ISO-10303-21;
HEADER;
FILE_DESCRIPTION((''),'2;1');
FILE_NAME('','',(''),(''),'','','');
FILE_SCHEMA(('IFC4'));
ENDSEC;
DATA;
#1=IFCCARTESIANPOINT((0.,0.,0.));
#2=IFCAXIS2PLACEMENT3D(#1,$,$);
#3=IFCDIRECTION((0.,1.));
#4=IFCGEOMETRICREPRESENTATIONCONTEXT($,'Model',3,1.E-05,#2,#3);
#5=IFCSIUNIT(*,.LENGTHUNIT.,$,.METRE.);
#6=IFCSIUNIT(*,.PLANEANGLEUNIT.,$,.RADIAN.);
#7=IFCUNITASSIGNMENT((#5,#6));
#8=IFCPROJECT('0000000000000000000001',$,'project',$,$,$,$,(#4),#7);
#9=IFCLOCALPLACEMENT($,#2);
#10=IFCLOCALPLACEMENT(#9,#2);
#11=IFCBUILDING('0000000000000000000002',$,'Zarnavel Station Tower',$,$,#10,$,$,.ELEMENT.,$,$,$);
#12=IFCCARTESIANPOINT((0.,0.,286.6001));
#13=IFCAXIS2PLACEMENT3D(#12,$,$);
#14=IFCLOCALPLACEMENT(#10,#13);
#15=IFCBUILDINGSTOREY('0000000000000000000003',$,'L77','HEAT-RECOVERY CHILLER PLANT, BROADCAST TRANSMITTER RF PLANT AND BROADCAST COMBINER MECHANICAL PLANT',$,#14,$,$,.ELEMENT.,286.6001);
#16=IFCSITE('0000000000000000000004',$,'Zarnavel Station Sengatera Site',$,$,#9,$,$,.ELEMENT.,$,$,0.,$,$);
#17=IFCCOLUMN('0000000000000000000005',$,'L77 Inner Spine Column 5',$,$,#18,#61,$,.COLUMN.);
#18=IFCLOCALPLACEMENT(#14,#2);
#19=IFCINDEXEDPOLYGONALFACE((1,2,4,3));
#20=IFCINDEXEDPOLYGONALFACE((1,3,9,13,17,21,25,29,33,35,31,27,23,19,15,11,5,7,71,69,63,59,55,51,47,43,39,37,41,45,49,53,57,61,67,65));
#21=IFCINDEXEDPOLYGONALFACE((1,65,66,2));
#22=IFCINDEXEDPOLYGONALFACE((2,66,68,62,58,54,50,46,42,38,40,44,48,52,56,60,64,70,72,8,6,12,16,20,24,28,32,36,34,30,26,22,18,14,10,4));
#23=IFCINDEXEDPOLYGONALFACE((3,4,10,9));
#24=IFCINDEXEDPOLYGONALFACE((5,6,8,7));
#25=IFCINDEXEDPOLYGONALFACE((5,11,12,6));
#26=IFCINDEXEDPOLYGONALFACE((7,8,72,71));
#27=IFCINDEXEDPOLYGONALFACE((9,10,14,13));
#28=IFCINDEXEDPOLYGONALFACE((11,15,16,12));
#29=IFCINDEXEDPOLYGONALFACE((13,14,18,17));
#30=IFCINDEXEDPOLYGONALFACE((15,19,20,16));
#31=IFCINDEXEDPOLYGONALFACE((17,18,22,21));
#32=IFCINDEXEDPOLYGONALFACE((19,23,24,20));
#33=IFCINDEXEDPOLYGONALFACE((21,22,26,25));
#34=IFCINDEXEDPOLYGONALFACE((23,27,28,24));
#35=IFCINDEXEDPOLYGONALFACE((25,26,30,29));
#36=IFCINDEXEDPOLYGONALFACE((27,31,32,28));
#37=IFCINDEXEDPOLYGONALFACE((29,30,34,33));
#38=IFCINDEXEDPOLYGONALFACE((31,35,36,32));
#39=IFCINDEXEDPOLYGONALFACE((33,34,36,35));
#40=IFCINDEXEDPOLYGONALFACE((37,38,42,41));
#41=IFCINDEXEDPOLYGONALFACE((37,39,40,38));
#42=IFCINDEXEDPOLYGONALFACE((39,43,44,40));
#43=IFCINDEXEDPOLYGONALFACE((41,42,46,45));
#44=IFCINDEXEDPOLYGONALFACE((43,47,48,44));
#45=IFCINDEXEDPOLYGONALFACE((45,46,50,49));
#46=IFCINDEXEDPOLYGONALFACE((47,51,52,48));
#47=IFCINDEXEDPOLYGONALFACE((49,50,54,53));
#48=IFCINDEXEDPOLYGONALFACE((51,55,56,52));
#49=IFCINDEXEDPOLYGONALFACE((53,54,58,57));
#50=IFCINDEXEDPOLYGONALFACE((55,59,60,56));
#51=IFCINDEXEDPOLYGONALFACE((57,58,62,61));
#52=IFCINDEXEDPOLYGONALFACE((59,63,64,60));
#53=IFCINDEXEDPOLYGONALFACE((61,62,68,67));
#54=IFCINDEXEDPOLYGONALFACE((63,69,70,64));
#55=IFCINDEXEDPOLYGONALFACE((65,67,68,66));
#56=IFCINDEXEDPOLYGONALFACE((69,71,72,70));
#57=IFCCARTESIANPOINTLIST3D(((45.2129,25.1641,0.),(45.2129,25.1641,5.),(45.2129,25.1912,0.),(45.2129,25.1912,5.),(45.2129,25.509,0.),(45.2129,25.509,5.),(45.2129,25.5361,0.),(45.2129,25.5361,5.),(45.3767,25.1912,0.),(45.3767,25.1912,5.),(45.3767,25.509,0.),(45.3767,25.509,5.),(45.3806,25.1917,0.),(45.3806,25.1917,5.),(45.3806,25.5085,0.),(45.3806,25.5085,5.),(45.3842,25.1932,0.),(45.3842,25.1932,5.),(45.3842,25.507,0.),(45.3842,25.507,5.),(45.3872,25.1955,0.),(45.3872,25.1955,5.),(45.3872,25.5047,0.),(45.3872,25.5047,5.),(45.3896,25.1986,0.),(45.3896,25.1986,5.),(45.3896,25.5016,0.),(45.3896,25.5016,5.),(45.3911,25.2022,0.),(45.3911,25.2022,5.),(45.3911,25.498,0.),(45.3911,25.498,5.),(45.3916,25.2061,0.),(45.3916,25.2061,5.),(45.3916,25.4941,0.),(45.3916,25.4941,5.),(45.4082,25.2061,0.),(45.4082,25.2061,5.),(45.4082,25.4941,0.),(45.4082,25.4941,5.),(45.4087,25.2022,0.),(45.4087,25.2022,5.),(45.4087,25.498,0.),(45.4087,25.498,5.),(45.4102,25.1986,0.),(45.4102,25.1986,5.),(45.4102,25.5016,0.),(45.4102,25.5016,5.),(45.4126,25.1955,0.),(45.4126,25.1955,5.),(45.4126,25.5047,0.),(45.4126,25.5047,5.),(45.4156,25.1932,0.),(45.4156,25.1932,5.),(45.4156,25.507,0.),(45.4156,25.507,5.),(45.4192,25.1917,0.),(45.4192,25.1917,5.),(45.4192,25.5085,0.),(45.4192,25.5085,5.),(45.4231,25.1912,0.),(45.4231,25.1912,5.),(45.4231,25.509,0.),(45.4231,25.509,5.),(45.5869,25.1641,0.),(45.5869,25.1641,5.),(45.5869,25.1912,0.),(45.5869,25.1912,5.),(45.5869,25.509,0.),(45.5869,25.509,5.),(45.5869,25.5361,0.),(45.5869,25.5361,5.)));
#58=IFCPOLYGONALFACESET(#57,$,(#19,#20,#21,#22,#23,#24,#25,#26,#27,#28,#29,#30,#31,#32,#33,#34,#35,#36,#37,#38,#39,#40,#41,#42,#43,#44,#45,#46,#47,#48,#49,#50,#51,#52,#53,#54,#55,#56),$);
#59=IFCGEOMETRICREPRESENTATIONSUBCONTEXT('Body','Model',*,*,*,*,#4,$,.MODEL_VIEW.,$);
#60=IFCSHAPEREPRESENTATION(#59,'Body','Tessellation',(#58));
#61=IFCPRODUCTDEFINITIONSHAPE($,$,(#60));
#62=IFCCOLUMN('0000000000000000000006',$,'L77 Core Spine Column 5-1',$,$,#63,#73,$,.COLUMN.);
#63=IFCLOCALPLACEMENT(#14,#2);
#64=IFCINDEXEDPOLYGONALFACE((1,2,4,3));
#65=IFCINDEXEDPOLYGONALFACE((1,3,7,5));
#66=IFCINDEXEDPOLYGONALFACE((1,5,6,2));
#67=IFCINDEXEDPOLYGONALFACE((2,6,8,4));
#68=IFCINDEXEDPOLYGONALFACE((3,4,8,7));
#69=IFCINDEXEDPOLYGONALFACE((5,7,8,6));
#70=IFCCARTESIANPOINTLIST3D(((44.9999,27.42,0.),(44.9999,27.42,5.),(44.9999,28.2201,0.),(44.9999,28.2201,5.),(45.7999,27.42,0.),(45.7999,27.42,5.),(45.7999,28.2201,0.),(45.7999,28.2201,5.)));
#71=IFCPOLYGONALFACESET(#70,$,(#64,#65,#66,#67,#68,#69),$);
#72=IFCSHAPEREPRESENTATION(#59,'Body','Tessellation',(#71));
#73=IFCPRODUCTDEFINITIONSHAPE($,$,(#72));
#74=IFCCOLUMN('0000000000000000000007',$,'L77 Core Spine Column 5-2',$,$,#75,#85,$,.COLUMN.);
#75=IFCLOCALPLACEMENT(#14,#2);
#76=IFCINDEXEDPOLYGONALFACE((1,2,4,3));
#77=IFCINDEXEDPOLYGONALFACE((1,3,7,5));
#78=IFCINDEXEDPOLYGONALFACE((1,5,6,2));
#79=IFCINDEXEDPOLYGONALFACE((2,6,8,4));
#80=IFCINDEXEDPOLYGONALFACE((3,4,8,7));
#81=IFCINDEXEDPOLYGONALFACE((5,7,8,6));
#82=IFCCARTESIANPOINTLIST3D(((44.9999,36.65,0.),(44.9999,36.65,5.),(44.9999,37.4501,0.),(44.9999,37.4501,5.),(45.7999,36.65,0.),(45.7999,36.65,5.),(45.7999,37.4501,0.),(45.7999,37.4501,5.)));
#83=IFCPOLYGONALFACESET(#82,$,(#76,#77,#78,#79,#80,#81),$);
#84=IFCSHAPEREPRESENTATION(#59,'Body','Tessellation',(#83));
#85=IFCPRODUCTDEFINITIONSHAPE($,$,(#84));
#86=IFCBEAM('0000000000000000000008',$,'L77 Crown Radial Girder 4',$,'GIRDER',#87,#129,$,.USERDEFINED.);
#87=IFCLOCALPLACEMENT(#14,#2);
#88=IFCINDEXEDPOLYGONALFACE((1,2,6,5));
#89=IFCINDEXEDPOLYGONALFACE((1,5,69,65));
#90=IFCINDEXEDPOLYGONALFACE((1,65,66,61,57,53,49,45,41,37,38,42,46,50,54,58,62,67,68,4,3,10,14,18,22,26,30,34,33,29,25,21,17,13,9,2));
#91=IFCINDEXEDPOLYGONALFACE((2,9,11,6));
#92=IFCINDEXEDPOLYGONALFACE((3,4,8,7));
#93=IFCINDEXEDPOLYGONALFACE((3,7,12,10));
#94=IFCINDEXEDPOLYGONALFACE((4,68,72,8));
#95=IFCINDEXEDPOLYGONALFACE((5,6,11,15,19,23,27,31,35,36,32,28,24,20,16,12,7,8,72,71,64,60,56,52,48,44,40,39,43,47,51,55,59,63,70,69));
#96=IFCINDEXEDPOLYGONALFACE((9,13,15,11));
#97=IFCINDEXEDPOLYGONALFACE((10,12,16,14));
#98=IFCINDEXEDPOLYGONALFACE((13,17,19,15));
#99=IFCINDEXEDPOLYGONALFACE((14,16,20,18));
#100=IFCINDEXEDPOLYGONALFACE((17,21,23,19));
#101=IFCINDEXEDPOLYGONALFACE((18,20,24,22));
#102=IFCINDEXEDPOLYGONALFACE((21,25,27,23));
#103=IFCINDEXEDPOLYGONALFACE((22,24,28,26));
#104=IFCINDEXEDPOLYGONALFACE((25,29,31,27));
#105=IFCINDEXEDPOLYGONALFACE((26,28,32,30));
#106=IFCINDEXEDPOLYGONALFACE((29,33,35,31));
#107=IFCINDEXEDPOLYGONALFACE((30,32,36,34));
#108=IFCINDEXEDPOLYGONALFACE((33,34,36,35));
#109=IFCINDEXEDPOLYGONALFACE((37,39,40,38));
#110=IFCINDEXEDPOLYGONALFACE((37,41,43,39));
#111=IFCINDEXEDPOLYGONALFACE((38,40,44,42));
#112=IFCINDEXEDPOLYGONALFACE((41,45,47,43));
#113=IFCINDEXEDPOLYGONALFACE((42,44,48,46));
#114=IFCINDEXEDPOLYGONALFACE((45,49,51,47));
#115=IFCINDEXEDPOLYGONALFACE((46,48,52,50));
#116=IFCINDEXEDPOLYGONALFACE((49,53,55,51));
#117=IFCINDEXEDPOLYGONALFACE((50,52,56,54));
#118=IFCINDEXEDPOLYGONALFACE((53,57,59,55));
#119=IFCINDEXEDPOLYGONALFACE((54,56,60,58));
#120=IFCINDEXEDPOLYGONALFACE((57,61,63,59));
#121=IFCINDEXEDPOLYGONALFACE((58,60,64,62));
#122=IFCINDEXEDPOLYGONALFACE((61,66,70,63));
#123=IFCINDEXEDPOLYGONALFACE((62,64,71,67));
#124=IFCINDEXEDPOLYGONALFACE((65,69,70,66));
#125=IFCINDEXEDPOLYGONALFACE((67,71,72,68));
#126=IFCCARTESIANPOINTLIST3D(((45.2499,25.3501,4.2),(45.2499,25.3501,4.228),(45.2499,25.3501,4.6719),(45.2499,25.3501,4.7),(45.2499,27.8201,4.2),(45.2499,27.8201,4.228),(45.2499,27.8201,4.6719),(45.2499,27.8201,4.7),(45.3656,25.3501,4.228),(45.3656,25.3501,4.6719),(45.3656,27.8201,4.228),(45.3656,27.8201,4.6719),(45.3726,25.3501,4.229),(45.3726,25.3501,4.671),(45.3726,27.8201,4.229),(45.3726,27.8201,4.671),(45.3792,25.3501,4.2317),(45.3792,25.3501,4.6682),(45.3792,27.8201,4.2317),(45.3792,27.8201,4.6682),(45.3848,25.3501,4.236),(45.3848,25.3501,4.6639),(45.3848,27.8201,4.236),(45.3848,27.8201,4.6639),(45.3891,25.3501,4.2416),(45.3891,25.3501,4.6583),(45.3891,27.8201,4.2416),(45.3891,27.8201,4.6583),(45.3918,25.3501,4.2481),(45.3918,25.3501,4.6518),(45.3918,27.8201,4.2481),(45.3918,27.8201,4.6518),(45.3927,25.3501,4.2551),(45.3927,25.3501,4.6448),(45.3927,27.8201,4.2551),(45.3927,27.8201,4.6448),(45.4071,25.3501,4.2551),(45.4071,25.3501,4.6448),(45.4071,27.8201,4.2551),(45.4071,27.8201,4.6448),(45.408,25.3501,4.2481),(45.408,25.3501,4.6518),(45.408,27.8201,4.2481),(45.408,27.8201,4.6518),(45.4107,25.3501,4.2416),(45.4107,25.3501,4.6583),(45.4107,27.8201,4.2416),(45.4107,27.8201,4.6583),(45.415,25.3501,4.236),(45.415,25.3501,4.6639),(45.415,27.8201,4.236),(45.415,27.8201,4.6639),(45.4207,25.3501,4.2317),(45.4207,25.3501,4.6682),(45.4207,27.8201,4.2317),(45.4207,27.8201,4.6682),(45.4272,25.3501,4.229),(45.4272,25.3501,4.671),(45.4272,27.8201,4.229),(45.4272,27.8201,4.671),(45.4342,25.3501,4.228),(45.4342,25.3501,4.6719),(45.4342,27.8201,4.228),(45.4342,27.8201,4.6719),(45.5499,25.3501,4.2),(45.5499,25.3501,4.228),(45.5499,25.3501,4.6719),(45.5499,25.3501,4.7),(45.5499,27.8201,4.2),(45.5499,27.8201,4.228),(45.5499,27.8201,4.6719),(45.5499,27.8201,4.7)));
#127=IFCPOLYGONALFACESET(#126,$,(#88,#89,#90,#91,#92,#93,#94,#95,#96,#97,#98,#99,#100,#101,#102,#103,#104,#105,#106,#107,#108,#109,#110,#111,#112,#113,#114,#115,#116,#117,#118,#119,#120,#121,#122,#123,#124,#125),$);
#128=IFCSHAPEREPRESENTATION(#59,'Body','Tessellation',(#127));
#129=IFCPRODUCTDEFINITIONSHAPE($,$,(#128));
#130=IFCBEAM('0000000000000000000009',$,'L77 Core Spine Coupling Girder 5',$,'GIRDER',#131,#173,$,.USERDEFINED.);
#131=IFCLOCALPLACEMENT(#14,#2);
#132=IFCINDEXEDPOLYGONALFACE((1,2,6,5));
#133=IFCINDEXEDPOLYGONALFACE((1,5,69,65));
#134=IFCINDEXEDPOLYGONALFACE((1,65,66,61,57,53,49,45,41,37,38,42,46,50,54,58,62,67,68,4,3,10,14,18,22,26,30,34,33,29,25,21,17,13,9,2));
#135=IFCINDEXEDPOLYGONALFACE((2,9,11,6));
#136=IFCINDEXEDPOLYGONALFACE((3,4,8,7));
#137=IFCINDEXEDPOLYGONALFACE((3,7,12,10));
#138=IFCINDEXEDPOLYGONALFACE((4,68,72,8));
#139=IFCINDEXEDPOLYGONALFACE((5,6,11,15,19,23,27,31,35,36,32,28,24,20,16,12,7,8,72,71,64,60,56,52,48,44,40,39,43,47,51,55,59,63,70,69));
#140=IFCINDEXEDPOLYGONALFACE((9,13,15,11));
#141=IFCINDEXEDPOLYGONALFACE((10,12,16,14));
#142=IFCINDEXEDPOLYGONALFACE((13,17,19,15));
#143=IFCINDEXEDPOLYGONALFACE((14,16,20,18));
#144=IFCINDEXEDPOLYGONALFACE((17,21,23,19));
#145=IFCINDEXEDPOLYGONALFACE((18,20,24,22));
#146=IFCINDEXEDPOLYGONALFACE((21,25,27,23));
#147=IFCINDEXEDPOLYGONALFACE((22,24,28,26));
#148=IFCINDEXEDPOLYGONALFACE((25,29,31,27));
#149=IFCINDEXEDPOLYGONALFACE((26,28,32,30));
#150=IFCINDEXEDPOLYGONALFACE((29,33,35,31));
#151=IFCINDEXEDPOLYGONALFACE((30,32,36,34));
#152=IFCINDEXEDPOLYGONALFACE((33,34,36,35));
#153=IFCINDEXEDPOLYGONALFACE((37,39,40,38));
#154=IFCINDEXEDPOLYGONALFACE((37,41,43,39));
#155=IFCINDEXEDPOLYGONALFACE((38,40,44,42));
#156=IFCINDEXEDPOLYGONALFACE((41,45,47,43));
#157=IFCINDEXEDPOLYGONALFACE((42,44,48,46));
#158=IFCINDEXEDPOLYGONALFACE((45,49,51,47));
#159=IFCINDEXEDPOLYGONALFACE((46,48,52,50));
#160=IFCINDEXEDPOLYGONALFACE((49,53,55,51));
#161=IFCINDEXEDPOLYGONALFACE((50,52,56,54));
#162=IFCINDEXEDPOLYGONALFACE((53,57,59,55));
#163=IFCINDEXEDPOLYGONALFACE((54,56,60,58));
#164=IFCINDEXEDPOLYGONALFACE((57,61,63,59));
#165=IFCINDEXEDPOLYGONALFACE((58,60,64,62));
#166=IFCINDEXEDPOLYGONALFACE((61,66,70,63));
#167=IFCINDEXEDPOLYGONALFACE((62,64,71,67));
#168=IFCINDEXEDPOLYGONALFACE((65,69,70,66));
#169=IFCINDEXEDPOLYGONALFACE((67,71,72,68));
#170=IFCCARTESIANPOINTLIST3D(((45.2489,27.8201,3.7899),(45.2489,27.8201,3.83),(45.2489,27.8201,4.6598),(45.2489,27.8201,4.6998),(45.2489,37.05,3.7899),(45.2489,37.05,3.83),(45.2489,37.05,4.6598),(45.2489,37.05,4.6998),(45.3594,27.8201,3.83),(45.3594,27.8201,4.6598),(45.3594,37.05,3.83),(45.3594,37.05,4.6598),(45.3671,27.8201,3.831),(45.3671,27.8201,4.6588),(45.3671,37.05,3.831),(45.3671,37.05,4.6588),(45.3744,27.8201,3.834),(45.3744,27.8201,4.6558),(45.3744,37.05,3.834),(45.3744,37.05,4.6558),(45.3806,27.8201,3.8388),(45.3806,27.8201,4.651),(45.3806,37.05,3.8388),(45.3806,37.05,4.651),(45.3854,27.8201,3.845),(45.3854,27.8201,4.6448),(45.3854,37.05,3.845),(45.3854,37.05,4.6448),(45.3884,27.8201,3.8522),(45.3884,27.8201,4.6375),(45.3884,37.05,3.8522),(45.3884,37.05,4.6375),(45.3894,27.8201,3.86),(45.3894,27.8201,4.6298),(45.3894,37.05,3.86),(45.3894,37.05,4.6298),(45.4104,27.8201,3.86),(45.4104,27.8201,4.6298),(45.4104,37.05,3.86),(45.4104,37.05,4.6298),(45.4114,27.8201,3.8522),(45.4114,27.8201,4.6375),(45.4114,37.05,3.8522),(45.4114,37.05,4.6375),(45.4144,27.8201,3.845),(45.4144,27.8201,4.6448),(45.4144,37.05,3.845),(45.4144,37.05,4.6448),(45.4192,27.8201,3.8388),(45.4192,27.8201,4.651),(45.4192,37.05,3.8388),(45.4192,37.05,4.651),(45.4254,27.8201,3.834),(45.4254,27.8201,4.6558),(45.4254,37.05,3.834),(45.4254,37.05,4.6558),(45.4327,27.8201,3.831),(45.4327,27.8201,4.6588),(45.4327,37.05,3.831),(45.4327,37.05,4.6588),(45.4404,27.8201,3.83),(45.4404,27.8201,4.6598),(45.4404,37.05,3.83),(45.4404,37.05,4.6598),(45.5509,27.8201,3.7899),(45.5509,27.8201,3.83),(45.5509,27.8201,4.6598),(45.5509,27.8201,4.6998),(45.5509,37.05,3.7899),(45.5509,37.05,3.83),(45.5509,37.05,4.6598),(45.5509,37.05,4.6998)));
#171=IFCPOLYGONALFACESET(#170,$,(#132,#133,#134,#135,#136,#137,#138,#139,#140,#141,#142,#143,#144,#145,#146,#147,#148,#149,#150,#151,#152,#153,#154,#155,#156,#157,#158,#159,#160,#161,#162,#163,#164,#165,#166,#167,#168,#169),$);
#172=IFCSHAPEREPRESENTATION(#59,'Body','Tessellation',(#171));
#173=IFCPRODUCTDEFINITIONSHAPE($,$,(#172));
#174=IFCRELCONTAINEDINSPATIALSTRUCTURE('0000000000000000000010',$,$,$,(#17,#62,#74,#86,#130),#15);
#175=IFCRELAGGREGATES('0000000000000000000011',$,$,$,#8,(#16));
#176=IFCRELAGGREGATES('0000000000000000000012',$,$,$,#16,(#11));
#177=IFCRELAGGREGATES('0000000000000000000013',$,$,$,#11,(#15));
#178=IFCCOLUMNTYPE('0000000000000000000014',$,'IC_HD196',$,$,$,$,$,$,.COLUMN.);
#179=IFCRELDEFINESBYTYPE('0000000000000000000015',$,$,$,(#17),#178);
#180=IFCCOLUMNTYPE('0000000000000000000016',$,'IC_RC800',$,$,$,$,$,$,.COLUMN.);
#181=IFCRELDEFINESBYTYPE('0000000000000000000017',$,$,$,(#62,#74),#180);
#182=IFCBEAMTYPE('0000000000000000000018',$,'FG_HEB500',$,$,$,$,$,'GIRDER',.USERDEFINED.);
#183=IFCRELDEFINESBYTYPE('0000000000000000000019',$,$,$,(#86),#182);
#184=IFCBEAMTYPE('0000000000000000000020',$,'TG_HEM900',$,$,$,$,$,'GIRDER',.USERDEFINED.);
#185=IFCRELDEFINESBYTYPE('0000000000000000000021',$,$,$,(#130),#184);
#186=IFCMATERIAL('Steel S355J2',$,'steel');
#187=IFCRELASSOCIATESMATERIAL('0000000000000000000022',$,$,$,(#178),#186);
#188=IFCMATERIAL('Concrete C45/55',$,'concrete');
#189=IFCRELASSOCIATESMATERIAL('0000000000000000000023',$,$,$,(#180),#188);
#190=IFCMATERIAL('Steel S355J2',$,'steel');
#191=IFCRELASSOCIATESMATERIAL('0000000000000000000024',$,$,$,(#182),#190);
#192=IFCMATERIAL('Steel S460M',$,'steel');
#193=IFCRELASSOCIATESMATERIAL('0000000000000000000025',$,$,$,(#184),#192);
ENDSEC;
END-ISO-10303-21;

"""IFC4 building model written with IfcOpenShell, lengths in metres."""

from ifc_helpers import new_model, si_unit, direction, frame, origin, origin_2d, place, context, subcontext, project, spatial, rectangle, i_section, extrude, material, material_profile, profile_set, type_object, element, save


model = new_model("IFC4")

# Units and contexts
model_context = context("Model", 3, precision=1e-05, world=origin(), true_north=direction((0.0, 1.0)))
body_context = subcontext(model_context, "Body", "Model", "MODEL_VIEW")
ifc_project = project(units=[si_unit("LENGTHUNIT", "METRE"), si_unit("PLANEANGLEUNIT", "RADIAN")], contexts=[model_context])

# Site, building, storey
site_placement = place(None, origin())
site = spatial("IfcSite", under=ifc_project, at=site_placement, Name="Zarnavel Station Sengatera Site", CompositionType="ELEMENT", RefElevation=0.0)
building_placement = place(site_placement, origin())
building = spatial("IfcBuilding", under=site, at=building_placement, Name="Zarnavel Station Tower", CompositionType="ELEMENT")
storey_placement = place(building_placement, frame((0.0, 0.0, 286.6001)))
storey = spatial("IfcBuildingStorey", under=building, at=storey_placement, Name="L77", Description="HEAT-RECOVERY CHILLER PLANT, BROADCAST TRANSMITTER RF PLANT AND BROADCAST COMBINER MECHANICAL PLANT", CompositionType="ELEMENT", Elevation=286.6001)

# Columns
ifc_material_1 = material(Name="Steel S355J2", Category="steel")
ifc_material_profile_1 = material_profile(ifc_material_1, i_section(OverallWidth=0.374, OverallDepth=0.3721, WebThickness=0.0166, FlangeThickness=0.0271, FilletRadius=0.0149, at=origin_2d()), Name="HD360x196")
ifc_profile_set_1 = profile_set([ifc_material_profile_1], Name="Steel S355J2")
column_type_1 = type_object("IfcColumnType", Name="IC_HD196", PredefinedType="COLUMN", material=ifc_profile_set_1)
column_placement = place(storey_placement, frame((45.3999, 25.3501, 0.0), z_axis=(0.0, 0.0, 1.0), x_axis=(1.0, 0.0, 0.0)))
element("IfcColumn", 1, at=column_placement, inside=storey, type_object=column_type_1, Name="L77 Inner Spine Column 5", PredefinedType="COLUMN", context=body_context, shape_type="SweptSolid", body=[
    extrude(i_section(OverallWidth=0.374, OverallDepth=0.3721, WebThickness=0.0166, FlangeThickness=0.0271, FilletRadius=0.0149, at=origin_2d()), origin(), (0.0, 0.0, 1.0), 5.0),
])
ifc_material_2 = material(Name="Concrete C45/55", Category="concrete")
ifc_material_profile_2 = material_profile(ifc_material_2, rectangle(XDim=0.8, YDim=0.8, at=origin_2d()), Name="RC800x800")
ifc_profile_set_2 = profile_set([ifc_material_profile_2], Name="Concrete C45/55")
column_type_2 = type_object("IfcColumnType", Name="IC_RC800", PredefinedType="COLUMN", material=ifc_profile_set_2)
for number, where, z_axis, x_axis, name in (
    (2, (45.3999, 27.8201, 0.0), (0.0, 0.0, 1.0), (1.0, 0.0, 0.0), "L77 Core Spine Column 5-1"),
    (3, (45.3999, 37.05, 0.0), (0.0, 0.0, 1.0), (1.0, 0.0, 0.0), "L77 Core Spine Column 5-2"),
):
    element("IfcColumn", number, at=place(storey_placement, frame(where, z_axis=z_axis, x_axis=x_axis)), inside=storey, type_object=column_type_2, Name=name, PredefinedType="COLUMN", context=body_context, shape_type="SweptSolid", body=[
        extrude(rectangle(XDim=0.8, YDim=0.8, at=origin_2d()), origin(), (0.0, 0.0, 1.0), 5.0),
    ])

# Beams
ifc_material_3 = material(Name="Steel S355J2", Category="steel")
ifc_material_profile_3 = material_profile(ifc_material_3, i_section(OverallWidth=0.3, OverallDepth=0.5, WebThickness=0.0144, FlangeThickness=0.0281, FilletRadius=0.0271, at=origin_2d()), Name="HEB500")
ifc_profile_set_3 = profile_set([ifc_material_profile_3], Name="Steel S355J2")
beam_type_1 = type_object("IfcBeamType", Name="FG_HEB500", ElementType="GIRDER", PredefinedType="USERDEFINED", material=ifc_profile_set_3)
beam_1_placement = place(storey_placement, frame((45.3999, 25.3501, 4.45), z_axis=(0.0, 1.0, 0.0), x_axis=(-1.0, 0.0, 0.0)))
element("IfcBeam", 4, at=beam_1_placement, inside=storey, type_object=beam_type_1, Name="L77 Crown Radial Girder 4", ObjectType="GIRDER", PredefinedType="USERDEFINED", context=body_context, shape_type="SweptSolid", body=[
    extrude(i_section(OverallWidth=0.3, OverallDepth=0.5, WebThickness=0.0144, FlangeThickness=0.0281, FilletRadius=0.0271, at=origin_2d()), origin(), (0.0, 0.0, 1.0), 2.47),
])
ifc_material_4 = material(Name="Steel S460M", Category="steel")
ifc_material_profile_4 = material_profile(ifc_material_4, i_section(OverallWidth=0.302, OverallDepth=0.9099, WebThickness=0.021, FlangeThickness=0.04, FilletRadius=0.03, at=origin_2d()), Name="HEM900")
ifc_profile_set_4 = profile_set([ifc_material_profile_4], Name="Steel S460M")
beam_type_2 = type_object("IfcBeamType", Name="TG_HEM900", ElementType="GIRDER", PredefinedType="USERDEFINED", material=ifc_profile_set_4)
beam_2_placement = place(storey_placement, frame((45.3999, 27.8201, 4.2449), z_axis=(0.0, 1.0, 0.0), x_axis=(-1.0, 0.0, 0.0)))
element("IfcBeam", 5, at=beam_2_placement, inside=storey, type_object=beam_type_2, Name="L77 Core Spine Coupling Girder 5", ObjectType="GIRDER", PredefinedType="USERDEFINED", context=body_context, shape_type="SweptSolid", body=[
    extrude(i_section(OverallWidth=0.302, OverallDepth=0.9099, WebThickness=0.021, FlangeThickness=0.04, FilletRadius=0.03, at=origin_2d()), origin(), (0.0, 0.0, 1.0), 9.23),
])

save(model, "model.ifc")
